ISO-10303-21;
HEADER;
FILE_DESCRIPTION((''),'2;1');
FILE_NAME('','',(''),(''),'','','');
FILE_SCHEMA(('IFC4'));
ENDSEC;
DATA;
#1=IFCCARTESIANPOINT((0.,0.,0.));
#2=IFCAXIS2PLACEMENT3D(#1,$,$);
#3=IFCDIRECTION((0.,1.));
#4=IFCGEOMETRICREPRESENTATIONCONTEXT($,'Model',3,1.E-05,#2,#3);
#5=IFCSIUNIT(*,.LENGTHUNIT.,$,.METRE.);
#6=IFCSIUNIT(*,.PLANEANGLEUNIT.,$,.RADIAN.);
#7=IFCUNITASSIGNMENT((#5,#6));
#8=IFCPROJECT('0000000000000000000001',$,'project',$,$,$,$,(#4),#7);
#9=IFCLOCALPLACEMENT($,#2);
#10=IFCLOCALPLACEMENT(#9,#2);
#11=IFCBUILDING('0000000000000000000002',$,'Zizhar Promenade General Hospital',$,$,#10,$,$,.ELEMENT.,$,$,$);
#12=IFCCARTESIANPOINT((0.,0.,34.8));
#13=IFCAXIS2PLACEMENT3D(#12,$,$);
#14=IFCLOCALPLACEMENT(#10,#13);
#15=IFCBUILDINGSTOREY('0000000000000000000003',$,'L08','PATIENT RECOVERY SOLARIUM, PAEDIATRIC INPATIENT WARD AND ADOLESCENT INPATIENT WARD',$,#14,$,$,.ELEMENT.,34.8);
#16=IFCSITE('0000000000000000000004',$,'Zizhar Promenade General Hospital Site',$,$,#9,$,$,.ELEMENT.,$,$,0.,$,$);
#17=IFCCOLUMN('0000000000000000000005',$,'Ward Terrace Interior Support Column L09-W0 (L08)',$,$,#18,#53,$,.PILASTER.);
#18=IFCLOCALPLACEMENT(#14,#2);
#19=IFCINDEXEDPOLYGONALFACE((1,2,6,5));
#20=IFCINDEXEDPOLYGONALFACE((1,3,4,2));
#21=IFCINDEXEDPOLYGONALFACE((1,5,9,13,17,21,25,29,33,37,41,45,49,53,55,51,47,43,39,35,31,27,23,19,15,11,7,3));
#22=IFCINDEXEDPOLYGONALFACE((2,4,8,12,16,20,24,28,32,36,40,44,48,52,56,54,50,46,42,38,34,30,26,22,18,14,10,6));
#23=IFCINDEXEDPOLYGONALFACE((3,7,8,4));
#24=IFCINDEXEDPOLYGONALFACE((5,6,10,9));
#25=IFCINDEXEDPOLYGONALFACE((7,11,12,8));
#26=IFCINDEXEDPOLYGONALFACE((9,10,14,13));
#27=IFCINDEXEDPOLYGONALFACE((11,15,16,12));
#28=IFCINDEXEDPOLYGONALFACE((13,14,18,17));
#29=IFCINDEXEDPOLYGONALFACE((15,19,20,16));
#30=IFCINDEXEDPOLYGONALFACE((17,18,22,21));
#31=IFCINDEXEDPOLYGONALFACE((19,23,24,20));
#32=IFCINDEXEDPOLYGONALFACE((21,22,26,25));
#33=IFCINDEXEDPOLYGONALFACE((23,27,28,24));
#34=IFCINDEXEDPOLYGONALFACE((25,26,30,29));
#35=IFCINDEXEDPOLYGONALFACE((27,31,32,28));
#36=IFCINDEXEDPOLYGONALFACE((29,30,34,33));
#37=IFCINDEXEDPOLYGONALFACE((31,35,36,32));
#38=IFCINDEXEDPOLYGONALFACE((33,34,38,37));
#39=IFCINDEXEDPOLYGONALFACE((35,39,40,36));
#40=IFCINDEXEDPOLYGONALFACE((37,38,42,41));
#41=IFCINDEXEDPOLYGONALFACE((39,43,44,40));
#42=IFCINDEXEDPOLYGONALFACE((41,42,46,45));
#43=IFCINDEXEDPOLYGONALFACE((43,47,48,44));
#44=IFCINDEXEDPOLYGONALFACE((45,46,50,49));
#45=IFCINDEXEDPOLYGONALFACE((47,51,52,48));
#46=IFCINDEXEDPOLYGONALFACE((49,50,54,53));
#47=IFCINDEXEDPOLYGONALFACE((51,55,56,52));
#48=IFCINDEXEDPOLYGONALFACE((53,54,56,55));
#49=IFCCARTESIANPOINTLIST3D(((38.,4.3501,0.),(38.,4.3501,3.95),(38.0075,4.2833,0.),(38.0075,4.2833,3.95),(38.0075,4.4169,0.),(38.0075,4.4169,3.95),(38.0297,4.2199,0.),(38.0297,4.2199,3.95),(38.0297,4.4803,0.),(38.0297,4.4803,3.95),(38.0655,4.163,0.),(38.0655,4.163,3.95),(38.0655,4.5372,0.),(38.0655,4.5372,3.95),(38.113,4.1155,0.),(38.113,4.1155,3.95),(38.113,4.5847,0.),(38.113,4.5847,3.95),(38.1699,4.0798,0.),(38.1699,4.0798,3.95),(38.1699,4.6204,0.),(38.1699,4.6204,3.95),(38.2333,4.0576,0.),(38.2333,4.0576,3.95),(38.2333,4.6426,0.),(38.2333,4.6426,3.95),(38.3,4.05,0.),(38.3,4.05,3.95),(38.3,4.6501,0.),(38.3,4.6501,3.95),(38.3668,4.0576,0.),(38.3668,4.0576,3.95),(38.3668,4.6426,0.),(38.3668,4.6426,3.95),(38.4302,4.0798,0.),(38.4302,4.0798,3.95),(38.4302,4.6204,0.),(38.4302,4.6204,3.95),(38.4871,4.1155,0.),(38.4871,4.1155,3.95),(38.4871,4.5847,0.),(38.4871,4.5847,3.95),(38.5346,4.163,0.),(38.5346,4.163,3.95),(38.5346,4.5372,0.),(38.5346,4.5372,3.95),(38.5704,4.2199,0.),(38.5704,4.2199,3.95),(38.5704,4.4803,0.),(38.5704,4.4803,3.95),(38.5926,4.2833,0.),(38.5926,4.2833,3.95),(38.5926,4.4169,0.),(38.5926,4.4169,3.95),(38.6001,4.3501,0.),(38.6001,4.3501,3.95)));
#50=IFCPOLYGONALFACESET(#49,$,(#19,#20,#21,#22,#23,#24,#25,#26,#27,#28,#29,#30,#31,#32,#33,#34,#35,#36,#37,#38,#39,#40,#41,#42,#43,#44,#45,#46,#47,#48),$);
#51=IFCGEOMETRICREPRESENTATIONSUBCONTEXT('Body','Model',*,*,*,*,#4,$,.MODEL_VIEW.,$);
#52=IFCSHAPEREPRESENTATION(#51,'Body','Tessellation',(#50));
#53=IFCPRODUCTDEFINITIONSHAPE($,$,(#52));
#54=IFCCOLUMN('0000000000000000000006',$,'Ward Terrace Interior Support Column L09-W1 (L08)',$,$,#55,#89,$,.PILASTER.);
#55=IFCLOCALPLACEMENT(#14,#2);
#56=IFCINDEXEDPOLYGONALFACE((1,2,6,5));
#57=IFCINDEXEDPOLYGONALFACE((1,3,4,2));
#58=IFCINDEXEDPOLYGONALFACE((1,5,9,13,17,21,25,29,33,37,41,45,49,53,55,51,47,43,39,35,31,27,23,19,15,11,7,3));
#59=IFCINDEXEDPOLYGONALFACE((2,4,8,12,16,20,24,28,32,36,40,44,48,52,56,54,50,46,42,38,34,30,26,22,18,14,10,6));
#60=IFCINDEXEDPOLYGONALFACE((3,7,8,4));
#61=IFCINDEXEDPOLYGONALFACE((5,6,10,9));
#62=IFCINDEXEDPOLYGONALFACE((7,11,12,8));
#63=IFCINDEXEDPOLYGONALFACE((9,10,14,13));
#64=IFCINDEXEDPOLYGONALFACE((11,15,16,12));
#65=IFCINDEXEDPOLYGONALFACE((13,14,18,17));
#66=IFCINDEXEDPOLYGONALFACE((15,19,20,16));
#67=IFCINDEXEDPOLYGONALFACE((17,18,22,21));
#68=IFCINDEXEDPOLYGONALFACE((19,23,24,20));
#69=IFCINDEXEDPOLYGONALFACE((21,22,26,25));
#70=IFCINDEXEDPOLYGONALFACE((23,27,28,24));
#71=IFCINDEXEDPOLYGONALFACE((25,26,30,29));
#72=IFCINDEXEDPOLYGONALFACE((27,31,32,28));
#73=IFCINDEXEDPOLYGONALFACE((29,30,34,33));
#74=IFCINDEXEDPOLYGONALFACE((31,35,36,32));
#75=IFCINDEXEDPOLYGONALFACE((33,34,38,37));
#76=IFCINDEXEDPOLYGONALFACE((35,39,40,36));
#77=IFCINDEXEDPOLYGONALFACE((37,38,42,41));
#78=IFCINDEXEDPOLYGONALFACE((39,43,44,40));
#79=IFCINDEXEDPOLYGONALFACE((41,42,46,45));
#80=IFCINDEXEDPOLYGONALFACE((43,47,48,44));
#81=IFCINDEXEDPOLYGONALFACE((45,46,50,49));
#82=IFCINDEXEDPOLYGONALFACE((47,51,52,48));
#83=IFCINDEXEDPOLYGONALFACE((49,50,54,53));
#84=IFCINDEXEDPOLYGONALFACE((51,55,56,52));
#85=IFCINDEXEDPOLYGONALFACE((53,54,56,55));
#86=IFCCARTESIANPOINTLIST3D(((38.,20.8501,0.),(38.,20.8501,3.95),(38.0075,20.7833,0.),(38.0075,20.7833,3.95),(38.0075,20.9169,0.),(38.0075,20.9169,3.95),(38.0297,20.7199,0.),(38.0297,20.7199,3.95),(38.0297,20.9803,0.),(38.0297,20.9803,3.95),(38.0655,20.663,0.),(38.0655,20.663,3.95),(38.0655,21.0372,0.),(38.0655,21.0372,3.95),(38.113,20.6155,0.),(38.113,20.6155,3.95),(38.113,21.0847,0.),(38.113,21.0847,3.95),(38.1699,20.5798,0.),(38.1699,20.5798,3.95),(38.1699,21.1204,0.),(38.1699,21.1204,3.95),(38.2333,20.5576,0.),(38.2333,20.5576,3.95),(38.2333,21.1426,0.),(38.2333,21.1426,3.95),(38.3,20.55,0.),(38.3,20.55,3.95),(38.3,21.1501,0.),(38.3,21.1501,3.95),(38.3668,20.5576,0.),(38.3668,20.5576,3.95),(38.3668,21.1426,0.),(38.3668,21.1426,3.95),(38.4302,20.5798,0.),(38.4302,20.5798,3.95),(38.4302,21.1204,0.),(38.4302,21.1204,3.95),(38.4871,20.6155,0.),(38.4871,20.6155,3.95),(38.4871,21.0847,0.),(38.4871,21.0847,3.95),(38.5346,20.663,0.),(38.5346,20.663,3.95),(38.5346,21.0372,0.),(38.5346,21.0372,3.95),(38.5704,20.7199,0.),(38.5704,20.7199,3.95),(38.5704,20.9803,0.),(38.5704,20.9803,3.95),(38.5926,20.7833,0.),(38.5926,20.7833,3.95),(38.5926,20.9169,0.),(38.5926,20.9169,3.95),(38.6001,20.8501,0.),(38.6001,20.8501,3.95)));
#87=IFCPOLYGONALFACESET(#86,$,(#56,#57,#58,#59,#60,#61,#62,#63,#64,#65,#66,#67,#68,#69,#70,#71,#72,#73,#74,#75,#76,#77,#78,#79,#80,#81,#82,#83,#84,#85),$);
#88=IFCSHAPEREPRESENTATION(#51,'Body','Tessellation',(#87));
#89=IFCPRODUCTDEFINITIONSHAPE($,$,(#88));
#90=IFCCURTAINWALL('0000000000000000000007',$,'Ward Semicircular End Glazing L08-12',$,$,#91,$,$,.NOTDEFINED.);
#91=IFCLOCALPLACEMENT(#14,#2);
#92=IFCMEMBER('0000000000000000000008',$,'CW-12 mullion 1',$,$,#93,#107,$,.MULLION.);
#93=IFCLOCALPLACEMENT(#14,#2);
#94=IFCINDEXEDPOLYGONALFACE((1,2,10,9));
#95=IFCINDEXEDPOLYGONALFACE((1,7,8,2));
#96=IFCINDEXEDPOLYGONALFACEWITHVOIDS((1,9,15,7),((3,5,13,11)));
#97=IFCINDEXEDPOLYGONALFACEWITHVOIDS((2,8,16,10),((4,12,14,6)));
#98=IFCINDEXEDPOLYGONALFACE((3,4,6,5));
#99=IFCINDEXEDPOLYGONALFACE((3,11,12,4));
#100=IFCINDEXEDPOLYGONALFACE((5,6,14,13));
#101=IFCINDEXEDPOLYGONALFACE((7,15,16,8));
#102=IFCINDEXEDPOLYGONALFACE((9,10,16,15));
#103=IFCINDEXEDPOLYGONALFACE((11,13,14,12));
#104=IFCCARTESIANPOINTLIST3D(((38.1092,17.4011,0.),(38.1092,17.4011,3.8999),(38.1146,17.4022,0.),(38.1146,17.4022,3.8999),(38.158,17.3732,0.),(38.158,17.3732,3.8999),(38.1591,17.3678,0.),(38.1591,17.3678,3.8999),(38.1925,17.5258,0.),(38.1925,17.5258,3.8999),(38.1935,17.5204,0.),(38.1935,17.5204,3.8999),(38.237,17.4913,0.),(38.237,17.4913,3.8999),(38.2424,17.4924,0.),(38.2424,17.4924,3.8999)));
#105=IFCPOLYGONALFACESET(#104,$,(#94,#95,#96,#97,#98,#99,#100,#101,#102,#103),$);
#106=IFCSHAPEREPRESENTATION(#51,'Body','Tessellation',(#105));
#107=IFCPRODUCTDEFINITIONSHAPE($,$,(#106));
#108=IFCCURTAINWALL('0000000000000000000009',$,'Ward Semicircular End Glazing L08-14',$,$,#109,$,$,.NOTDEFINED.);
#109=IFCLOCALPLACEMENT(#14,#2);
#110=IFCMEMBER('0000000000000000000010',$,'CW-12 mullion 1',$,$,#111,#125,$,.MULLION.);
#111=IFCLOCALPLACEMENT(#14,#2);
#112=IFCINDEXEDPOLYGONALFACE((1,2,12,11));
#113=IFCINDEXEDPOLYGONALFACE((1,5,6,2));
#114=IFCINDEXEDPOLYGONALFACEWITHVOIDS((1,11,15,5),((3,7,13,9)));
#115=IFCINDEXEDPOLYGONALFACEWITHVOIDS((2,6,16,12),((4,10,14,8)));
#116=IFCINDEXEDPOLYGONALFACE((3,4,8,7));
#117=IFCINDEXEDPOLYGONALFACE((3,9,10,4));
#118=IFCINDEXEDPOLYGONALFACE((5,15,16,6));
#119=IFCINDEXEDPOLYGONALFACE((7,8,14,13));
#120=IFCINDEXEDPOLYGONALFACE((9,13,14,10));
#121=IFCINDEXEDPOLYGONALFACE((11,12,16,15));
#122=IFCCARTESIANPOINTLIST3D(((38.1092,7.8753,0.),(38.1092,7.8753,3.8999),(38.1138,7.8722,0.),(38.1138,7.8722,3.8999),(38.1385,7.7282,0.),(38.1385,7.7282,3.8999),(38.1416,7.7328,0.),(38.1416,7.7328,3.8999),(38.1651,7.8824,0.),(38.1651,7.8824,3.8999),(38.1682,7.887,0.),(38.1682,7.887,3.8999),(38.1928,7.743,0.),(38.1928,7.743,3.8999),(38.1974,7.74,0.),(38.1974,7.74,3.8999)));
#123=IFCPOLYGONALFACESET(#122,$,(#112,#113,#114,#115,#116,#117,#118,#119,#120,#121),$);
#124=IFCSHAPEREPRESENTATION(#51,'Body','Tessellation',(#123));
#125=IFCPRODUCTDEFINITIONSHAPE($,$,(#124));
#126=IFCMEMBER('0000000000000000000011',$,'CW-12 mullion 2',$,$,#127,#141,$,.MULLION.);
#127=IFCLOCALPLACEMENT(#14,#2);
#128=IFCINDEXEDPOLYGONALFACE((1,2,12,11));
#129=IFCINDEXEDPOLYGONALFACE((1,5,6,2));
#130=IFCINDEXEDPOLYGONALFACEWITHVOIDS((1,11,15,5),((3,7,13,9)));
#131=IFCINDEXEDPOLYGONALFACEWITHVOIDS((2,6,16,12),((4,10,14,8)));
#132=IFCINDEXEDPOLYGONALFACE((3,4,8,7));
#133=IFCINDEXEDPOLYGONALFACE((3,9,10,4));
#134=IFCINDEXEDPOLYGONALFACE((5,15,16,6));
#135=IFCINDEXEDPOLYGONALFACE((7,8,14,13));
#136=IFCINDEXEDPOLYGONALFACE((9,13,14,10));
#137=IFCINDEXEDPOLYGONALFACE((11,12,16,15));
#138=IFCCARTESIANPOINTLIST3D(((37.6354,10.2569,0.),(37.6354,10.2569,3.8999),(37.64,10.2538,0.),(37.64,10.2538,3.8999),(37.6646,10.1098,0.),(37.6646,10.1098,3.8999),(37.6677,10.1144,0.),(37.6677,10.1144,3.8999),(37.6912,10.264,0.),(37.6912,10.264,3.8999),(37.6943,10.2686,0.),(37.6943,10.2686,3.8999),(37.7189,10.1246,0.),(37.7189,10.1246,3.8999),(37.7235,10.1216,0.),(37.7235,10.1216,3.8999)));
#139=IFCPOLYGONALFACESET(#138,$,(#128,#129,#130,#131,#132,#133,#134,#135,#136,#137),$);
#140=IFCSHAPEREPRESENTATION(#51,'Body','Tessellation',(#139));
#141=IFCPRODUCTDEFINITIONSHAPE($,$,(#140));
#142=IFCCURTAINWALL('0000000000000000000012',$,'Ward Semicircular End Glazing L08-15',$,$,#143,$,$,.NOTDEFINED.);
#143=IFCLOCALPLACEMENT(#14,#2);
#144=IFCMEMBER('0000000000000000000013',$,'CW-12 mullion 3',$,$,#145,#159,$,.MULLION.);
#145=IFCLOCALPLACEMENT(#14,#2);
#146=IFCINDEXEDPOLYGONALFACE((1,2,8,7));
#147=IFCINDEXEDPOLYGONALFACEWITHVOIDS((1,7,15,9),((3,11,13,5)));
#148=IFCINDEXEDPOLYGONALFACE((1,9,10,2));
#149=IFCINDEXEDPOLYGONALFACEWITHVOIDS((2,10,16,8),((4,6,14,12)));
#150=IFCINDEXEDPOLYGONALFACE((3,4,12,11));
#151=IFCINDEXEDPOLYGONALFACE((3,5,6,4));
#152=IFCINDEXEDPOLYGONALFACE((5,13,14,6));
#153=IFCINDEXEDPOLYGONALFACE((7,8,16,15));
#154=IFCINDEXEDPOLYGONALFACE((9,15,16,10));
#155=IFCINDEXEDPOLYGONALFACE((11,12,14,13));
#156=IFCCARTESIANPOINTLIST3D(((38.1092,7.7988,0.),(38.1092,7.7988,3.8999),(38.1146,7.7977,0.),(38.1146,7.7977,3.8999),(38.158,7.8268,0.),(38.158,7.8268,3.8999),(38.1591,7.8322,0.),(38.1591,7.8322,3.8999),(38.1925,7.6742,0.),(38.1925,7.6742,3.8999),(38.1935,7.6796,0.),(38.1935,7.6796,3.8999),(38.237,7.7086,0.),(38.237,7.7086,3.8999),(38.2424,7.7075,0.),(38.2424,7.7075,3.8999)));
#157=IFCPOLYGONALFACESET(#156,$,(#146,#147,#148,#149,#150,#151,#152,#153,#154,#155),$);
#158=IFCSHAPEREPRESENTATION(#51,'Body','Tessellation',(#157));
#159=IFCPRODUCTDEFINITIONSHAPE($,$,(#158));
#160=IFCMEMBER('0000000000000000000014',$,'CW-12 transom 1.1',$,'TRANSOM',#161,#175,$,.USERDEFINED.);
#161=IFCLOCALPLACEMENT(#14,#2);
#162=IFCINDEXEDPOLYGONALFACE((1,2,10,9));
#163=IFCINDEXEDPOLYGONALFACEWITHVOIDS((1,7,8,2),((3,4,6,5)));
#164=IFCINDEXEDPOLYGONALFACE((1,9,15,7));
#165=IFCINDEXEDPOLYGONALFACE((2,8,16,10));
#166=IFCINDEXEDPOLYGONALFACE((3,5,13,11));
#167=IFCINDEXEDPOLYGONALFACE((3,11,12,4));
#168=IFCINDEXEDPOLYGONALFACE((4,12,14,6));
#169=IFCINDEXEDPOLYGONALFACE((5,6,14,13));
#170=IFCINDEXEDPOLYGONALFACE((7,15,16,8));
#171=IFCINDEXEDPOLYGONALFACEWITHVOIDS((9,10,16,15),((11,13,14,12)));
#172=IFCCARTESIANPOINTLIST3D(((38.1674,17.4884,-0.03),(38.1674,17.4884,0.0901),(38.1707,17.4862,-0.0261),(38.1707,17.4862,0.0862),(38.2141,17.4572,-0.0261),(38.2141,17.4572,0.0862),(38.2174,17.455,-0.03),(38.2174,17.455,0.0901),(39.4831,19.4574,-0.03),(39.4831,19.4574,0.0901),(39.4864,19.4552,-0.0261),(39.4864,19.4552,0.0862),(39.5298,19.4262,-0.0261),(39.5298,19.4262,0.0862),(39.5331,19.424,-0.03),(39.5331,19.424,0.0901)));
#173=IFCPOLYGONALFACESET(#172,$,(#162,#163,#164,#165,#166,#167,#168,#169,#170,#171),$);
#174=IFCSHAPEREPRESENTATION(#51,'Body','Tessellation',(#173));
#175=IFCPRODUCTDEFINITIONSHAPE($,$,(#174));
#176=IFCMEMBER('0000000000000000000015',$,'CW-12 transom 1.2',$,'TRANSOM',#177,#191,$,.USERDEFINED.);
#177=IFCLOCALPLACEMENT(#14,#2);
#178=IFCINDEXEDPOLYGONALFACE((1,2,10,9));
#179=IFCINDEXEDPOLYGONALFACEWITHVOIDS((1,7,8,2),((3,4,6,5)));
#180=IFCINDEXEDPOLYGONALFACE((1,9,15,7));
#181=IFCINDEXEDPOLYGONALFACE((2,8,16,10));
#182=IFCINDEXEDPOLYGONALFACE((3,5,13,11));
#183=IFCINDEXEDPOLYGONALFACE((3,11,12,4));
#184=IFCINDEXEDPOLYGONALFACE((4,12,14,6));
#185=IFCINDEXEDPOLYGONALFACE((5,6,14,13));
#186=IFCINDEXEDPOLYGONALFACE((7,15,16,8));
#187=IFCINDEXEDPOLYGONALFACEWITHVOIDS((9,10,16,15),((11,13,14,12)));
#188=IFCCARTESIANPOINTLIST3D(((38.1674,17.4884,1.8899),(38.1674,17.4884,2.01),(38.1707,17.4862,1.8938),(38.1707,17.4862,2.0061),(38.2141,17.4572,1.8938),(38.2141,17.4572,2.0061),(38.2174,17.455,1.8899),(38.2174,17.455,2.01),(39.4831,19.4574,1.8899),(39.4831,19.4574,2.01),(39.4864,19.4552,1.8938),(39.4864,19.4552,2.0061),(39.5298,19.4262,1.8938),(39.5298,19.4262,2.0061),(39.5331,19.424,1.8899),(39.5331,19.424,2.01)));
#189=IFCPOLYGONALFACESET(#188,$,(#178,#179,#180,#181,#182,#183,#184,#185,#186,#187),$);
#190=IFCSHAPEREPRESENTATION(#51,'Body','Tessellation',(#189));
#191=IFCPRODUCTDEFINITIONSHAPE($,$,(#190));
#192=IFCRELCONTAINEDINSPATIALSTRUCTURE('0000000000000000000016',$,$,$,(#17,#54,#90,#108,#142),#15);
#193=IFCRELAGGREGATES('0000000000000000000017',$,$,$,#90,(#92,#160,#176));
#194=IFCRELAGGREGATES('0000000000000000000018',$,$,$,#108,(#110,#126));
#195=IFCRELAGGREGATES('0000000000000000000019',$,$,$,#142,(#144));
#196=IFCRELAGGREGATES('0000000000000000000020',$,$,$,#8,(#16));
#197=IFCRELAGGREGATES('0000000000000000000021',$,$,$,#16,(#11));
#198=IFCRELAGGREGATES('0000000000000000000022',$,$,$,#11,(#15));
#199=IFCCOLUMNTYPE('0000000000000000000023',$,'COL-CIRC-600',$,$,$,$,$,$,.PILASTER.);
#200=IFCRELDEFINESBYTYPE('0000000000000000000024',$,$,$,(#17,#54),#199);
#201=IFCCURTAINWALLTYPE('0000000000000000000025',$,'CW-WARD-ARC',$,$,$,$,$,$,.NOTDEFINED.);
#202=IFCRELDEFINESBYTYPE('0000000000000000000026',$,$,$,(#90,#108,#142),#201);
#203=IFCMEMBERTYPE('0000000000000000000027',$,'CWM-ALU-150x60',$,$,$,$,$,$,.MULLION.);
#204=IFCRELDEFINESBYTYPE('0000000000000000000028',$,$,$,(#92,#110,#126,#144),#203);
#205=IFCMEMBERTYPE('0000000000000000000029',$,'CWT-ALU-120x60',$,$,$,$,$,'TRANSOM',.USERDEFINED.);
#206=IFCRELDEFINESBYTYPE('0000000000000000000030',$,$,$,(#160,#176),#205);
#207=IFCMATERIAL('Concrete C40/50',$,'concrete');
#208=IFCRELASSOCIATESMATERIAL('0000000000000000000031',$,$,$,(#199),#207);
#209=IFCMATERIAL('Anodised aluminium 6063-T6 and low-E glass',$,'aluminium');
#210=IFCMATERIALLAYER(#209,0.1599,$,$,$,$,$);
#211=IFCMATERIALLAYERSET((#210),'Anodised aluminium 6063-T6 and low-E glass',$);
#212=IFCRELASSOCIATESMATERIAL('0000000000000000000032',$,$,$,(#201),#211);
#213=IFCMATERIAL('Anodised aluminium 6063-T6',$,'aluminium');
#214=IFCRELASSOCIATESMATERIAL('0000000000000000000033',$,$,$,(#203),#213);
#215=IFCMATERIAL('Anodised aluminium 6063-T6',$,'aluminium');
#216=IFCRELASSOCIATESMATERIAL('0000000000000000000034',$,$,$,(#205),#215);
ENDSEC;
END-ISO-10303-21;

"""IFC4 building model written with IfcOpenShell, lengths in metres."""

from ifc_helpers import new_model, si_unit, direction, frame, origin, origin_2d, place, context, subcontext, project, spatial, hollow_rectangle, circle, extrude, material, layer, layer_set, material_profile, profile_set, type_object, element, aggregate, save


model = new_model("IFC4")

# Units and contexts
model_context = context("Model", 3, precision=1e-05, world=origin(), true_north=direction((0.0, 1.0)))
body_context = subcontext(model_context, "Body", "Model", "MODEL_VIEW")
ifc_project = project(units=[si_unit("LENGTHUNIT", "METRE"), si_unit("PLANEANGLEUNIT", "RADIAN")], contexts=[model_context])

# Site, building, storey
site_placement = place(None, origin())
site = spatial("IfcSite", under=ifc_project, at=site_placement, Name="Zizhar Promenade General Hospital Site", CompositionType="ELEMENT", RefElevation=0.0)
building_placement = place(site_placement, origin())
building = spatial("IfcBuilding", under=site, at=building_placement, Name="Zizhar Promenade General Hospital", CompositionType="ELEMENT")
storey_placement = place(building_placement, frame((0.0, 0.0, 34.8)))
storey = spatial("IfcBuildingStorey", under=building, at=storey_placement, Name="L08", Description="PATIENT RECOVERY SOLARIUM, PAEDIATRIC INPATIENT WARD AND ADOLESCENT INPATIENT WARD", CompositionType="ELEMENT", Elevation=34.8)

# Columns
ifc_material_1 = material(Name="Concrete C40/50", Category="concrete")
ifc_material_profile_1 = material_profile(ifc_material_1, circle(Radius=0.3, at=origin_2d()))
ifc_profile_set_1 = profile_set([ifc_material_profile_1], Name="Concrete C40/50")
column_type = type_object("IfcColumnType", Name="COL-CIRC-600", PredefinedType="PILASTER", material=ifc_profile_set_1)
for number, where, z_axis, x_axis, name in (
    (1, (38.3, 4.3501, 0.0), (0.0, 0.0, 1.0), (1.0, 0.0, 0.0), "Ward Terrace Interior Support Column L09-W0 (L08)"),
    (2, (38.3, 20.8501, 0.0), (0.0, 0.0, 1.0), (1.0, 0.0, 0.0), "Ward Terrace Interior Support Column L09-W1 (L08)"),
):
    element("IfcColumn", number, at=place(storey_placement, frame(where, z_axis=z_axis, x_axis=x_axis)), inside=storey, type_object=column_type, Name=name, PredefinedType="PILASTER", context=body_context, shape_type="SweptSolid", body=[
        extrude(circle(Radius=0.3, at=origin_2d()), origin(), (0.0, 0.0, 1.0), 3.95),
    ])

# Curtain wall, member
ifc_material_2 = material(Name="Anodised aluminium 6063-T6 and low-E glass", Category="aluminium")
ifc_layer_1 = layer(ifc_material_2, 0.1599)
ifc_layer_set_1 = layer_set([ifc_layer_1], Name="Anodised aluminium 6063-T6 and low-E glass")
curtain_wall_type = type_object("IfcCurtainWallType", Name="CW-WARD-ARC", PredefinedType="NOTDEFINED", material=ifc_layer_set_1)
curtain_wall_1_placement = place(storey_placement, origin())
curtain_wall_1 = element("IfcCurtainWall", 3, at=curtain_wall_1_placement, inside=storey, type_object=curtain_wall_type, Name="Ward Semicircular End Glazing L08-12", PredefinedType="NOTDEFINED")
ifc_material_3 = material(Name="Anodised aluminium 6063-T6", Category="aluminium")
ifc_material_profile_2 = material_profile(ifc_material_3, hollow_rectangle(XDim=0.0601, YDim=0.1499, WallThickness=0.0039, at=origin_2d()))
ifc_profile_set_2 = profile_set([ifc_material_profile_2], Name="Anodised aluminium 6063-T6")
member_type_1 = type_object("IfcMemberType", Name="CWM-ALU-150x60", PredefinedType="MULLION", material=ifc_profile_set_2)
member_1_placement = place(storey_placement, frame((38.1758, 17.4468, 0.0), z_axis=(0.0, 0.0, 1.0), x_axis=(-0.831462, 0.555582, 0.0)))
member_1 = element("IfcMember", 4, at=member_1_placement, type_object=member_type_1, Name="CW-12 mullion 1", PredefinedType="MULLION", context=body_context, shape_type="SweptSolid", body=[
    extrude(hollow_rectangle(XDim=0.0601, YDim=0.1499, WallThickness=0.0039, at=origin_2d()), origin(), (0.0, 0.0, 1.0), 3.8999),
])

# Curtain wall, members
curtain_wall_2_placement = place(storey_placement, origin())
curtain_wall_2 = element("IfcCurtainWall", 5, at=curtain_wall_2_placement, inside=storey, type_object=curtain_wall_type, Name="Ward Semicircular End Glazing L08-14", PredefinedType="NOTDEFINED")
member_2_placement = place(storey_placement, frame((38.1533, 7.8076, 0.0), z_axis=(0.0, 0.0, 1.0), x_axis=(-0.980786, -0.195087, 0.0)))
member_2 = element("IfcMember", 6, at=member_2_placement, type_object=member_type_1, Name="CW-12 mullion 1", PredefinedType="MULLION", context=body_context, shape_type="SweptSolid", body=[
    extrude(hollow_rectangle(XDim=0.0601, YDim=0.1499, WallThickness=0.0039, at=origin_2d()), origin(), (0.0, 0.0, 1.0), 3.8999),
])
member_3_placement = place(storey_placement, frame((37.6794, 10.1892, 0.0), z_axis=(0.0, 0.0, 1.0), x_axis=(-0.980786, -0.195087, 0.0)))
member_3 = element("IfcMember", 7, at=member_3_placement, type_object=member_type_1, Name="CW-12 mullion 2", PredefinedType="MULLION", context=body_context, shape_type="SweptSolid", body=[
    extrude(hollow_rectangle(XDim=0.0601, YDim=0.1499, WallThickness=0.0039, at=origin_2d()), origin(), (0.0, 0.0, 1.0), 3.8999),
])

# Curtain wall, member
curtain_wall_3_placement = place(storey_placement, origin())
curtain_wall_3 = element("IfcCurtainWall", 8, at=curtain_wall_3_placement, inside=storey, type_object=curtain_wall_type, Name="Ward Semicircular End Glazing L08-15", PredefinedType="NOTDEFINED")
member_4_placement = place(storey_placement, frame((38.1758, 7.7532, 0.0), z_axis=(0.0, 0.0, 1.0), x_axis=(-0.831462, -0.555582, 0.0)))
member_4 = element("IfcMember", 9, at=member_4_placement, type_object=member_type_1, Name="CW-12 mullion 3", PredefinedType="MULLION", context=body_context, shape_type="SweptSolid", body=[
    extrude(hollow_rectangle(XDim=0.0601, YDim=0.1499, WallThickness=0.0039, at=origin_2d()), origin(), (0.0, 0.0, 1.0), 3.8999),
])

# Members
ifc_material_4 = material(Name="Anodised aluminium 6063-T6", Category="aluminium")
ifc_material_profile_3 = material_profile(ifc_material_4, hollow_rectangle(XDim=0.0601, YDim=0.1201, WallThickness=0.0039, at=origin_2d()))
ifc_profile_set_3 = profile_set([ifc_material_profile_3], Name="Anodised aluminium 6063-T6")
member_type_2 = type_object("IfcMemberType", Name="CWT-ALU-120x60", ElementType="TRANSOM", PredefinedType="USERDEFINED", material=ifc_profile_set_3)
member_5_placement = place(storey_placement, frame((38.1924, 17.4717, 0.03), z_axis=(0.55558, 0.831463, 0.0), x_axis=(-0.831463, 0.55558, 0.0)))
member_5 = element("IfcMember", 10, at=member_5_placement, type_object=member_type_2, Name="CW-12 transom 1.1", ObjectType="TRANSOM", PredefinedType="USERDEFINED", context=body_context, shape_type="SweptSolid", body=[
    extrude(hollow_rectangle(XDim=0.0601, YDim=0.1201, WallThickness=0.0039, at=origin_2d()), origin(), (0.0, 0.0, 1.0), 2.3682),
])
member_6_placement = place(storey_placement, frame((38.1924, 17.4717, 1.95), z_axis=(0.55558, 0.831463, 0.0), x_axis=(-0.831463, 0.55558, 0.0)))
member_6 = element("IfcMember", 11, at=member_6_placement, type_object=member_type_2, Name="CW-12 transom 1.2", ObjectType="TRANSOM", PredefinedType="USERDEFINED", context=body_context, shape_type="SweptSolid", body=[
    extrude(hollow_rectangle(XDim=0.0601, YDim=0.1201, WallThickness=0.0039, at=origin_2d()), origin(), (0.0, 0.0, 1.0), 2.3682),
])

aggregate(curtain_wall_1, [member_1, member_5, member_6])
aggregate(curtain_wall_2, [member_2, member_3])
aggregate(curtain_wall_3, [member_4])

save(model, "model.ifc")
